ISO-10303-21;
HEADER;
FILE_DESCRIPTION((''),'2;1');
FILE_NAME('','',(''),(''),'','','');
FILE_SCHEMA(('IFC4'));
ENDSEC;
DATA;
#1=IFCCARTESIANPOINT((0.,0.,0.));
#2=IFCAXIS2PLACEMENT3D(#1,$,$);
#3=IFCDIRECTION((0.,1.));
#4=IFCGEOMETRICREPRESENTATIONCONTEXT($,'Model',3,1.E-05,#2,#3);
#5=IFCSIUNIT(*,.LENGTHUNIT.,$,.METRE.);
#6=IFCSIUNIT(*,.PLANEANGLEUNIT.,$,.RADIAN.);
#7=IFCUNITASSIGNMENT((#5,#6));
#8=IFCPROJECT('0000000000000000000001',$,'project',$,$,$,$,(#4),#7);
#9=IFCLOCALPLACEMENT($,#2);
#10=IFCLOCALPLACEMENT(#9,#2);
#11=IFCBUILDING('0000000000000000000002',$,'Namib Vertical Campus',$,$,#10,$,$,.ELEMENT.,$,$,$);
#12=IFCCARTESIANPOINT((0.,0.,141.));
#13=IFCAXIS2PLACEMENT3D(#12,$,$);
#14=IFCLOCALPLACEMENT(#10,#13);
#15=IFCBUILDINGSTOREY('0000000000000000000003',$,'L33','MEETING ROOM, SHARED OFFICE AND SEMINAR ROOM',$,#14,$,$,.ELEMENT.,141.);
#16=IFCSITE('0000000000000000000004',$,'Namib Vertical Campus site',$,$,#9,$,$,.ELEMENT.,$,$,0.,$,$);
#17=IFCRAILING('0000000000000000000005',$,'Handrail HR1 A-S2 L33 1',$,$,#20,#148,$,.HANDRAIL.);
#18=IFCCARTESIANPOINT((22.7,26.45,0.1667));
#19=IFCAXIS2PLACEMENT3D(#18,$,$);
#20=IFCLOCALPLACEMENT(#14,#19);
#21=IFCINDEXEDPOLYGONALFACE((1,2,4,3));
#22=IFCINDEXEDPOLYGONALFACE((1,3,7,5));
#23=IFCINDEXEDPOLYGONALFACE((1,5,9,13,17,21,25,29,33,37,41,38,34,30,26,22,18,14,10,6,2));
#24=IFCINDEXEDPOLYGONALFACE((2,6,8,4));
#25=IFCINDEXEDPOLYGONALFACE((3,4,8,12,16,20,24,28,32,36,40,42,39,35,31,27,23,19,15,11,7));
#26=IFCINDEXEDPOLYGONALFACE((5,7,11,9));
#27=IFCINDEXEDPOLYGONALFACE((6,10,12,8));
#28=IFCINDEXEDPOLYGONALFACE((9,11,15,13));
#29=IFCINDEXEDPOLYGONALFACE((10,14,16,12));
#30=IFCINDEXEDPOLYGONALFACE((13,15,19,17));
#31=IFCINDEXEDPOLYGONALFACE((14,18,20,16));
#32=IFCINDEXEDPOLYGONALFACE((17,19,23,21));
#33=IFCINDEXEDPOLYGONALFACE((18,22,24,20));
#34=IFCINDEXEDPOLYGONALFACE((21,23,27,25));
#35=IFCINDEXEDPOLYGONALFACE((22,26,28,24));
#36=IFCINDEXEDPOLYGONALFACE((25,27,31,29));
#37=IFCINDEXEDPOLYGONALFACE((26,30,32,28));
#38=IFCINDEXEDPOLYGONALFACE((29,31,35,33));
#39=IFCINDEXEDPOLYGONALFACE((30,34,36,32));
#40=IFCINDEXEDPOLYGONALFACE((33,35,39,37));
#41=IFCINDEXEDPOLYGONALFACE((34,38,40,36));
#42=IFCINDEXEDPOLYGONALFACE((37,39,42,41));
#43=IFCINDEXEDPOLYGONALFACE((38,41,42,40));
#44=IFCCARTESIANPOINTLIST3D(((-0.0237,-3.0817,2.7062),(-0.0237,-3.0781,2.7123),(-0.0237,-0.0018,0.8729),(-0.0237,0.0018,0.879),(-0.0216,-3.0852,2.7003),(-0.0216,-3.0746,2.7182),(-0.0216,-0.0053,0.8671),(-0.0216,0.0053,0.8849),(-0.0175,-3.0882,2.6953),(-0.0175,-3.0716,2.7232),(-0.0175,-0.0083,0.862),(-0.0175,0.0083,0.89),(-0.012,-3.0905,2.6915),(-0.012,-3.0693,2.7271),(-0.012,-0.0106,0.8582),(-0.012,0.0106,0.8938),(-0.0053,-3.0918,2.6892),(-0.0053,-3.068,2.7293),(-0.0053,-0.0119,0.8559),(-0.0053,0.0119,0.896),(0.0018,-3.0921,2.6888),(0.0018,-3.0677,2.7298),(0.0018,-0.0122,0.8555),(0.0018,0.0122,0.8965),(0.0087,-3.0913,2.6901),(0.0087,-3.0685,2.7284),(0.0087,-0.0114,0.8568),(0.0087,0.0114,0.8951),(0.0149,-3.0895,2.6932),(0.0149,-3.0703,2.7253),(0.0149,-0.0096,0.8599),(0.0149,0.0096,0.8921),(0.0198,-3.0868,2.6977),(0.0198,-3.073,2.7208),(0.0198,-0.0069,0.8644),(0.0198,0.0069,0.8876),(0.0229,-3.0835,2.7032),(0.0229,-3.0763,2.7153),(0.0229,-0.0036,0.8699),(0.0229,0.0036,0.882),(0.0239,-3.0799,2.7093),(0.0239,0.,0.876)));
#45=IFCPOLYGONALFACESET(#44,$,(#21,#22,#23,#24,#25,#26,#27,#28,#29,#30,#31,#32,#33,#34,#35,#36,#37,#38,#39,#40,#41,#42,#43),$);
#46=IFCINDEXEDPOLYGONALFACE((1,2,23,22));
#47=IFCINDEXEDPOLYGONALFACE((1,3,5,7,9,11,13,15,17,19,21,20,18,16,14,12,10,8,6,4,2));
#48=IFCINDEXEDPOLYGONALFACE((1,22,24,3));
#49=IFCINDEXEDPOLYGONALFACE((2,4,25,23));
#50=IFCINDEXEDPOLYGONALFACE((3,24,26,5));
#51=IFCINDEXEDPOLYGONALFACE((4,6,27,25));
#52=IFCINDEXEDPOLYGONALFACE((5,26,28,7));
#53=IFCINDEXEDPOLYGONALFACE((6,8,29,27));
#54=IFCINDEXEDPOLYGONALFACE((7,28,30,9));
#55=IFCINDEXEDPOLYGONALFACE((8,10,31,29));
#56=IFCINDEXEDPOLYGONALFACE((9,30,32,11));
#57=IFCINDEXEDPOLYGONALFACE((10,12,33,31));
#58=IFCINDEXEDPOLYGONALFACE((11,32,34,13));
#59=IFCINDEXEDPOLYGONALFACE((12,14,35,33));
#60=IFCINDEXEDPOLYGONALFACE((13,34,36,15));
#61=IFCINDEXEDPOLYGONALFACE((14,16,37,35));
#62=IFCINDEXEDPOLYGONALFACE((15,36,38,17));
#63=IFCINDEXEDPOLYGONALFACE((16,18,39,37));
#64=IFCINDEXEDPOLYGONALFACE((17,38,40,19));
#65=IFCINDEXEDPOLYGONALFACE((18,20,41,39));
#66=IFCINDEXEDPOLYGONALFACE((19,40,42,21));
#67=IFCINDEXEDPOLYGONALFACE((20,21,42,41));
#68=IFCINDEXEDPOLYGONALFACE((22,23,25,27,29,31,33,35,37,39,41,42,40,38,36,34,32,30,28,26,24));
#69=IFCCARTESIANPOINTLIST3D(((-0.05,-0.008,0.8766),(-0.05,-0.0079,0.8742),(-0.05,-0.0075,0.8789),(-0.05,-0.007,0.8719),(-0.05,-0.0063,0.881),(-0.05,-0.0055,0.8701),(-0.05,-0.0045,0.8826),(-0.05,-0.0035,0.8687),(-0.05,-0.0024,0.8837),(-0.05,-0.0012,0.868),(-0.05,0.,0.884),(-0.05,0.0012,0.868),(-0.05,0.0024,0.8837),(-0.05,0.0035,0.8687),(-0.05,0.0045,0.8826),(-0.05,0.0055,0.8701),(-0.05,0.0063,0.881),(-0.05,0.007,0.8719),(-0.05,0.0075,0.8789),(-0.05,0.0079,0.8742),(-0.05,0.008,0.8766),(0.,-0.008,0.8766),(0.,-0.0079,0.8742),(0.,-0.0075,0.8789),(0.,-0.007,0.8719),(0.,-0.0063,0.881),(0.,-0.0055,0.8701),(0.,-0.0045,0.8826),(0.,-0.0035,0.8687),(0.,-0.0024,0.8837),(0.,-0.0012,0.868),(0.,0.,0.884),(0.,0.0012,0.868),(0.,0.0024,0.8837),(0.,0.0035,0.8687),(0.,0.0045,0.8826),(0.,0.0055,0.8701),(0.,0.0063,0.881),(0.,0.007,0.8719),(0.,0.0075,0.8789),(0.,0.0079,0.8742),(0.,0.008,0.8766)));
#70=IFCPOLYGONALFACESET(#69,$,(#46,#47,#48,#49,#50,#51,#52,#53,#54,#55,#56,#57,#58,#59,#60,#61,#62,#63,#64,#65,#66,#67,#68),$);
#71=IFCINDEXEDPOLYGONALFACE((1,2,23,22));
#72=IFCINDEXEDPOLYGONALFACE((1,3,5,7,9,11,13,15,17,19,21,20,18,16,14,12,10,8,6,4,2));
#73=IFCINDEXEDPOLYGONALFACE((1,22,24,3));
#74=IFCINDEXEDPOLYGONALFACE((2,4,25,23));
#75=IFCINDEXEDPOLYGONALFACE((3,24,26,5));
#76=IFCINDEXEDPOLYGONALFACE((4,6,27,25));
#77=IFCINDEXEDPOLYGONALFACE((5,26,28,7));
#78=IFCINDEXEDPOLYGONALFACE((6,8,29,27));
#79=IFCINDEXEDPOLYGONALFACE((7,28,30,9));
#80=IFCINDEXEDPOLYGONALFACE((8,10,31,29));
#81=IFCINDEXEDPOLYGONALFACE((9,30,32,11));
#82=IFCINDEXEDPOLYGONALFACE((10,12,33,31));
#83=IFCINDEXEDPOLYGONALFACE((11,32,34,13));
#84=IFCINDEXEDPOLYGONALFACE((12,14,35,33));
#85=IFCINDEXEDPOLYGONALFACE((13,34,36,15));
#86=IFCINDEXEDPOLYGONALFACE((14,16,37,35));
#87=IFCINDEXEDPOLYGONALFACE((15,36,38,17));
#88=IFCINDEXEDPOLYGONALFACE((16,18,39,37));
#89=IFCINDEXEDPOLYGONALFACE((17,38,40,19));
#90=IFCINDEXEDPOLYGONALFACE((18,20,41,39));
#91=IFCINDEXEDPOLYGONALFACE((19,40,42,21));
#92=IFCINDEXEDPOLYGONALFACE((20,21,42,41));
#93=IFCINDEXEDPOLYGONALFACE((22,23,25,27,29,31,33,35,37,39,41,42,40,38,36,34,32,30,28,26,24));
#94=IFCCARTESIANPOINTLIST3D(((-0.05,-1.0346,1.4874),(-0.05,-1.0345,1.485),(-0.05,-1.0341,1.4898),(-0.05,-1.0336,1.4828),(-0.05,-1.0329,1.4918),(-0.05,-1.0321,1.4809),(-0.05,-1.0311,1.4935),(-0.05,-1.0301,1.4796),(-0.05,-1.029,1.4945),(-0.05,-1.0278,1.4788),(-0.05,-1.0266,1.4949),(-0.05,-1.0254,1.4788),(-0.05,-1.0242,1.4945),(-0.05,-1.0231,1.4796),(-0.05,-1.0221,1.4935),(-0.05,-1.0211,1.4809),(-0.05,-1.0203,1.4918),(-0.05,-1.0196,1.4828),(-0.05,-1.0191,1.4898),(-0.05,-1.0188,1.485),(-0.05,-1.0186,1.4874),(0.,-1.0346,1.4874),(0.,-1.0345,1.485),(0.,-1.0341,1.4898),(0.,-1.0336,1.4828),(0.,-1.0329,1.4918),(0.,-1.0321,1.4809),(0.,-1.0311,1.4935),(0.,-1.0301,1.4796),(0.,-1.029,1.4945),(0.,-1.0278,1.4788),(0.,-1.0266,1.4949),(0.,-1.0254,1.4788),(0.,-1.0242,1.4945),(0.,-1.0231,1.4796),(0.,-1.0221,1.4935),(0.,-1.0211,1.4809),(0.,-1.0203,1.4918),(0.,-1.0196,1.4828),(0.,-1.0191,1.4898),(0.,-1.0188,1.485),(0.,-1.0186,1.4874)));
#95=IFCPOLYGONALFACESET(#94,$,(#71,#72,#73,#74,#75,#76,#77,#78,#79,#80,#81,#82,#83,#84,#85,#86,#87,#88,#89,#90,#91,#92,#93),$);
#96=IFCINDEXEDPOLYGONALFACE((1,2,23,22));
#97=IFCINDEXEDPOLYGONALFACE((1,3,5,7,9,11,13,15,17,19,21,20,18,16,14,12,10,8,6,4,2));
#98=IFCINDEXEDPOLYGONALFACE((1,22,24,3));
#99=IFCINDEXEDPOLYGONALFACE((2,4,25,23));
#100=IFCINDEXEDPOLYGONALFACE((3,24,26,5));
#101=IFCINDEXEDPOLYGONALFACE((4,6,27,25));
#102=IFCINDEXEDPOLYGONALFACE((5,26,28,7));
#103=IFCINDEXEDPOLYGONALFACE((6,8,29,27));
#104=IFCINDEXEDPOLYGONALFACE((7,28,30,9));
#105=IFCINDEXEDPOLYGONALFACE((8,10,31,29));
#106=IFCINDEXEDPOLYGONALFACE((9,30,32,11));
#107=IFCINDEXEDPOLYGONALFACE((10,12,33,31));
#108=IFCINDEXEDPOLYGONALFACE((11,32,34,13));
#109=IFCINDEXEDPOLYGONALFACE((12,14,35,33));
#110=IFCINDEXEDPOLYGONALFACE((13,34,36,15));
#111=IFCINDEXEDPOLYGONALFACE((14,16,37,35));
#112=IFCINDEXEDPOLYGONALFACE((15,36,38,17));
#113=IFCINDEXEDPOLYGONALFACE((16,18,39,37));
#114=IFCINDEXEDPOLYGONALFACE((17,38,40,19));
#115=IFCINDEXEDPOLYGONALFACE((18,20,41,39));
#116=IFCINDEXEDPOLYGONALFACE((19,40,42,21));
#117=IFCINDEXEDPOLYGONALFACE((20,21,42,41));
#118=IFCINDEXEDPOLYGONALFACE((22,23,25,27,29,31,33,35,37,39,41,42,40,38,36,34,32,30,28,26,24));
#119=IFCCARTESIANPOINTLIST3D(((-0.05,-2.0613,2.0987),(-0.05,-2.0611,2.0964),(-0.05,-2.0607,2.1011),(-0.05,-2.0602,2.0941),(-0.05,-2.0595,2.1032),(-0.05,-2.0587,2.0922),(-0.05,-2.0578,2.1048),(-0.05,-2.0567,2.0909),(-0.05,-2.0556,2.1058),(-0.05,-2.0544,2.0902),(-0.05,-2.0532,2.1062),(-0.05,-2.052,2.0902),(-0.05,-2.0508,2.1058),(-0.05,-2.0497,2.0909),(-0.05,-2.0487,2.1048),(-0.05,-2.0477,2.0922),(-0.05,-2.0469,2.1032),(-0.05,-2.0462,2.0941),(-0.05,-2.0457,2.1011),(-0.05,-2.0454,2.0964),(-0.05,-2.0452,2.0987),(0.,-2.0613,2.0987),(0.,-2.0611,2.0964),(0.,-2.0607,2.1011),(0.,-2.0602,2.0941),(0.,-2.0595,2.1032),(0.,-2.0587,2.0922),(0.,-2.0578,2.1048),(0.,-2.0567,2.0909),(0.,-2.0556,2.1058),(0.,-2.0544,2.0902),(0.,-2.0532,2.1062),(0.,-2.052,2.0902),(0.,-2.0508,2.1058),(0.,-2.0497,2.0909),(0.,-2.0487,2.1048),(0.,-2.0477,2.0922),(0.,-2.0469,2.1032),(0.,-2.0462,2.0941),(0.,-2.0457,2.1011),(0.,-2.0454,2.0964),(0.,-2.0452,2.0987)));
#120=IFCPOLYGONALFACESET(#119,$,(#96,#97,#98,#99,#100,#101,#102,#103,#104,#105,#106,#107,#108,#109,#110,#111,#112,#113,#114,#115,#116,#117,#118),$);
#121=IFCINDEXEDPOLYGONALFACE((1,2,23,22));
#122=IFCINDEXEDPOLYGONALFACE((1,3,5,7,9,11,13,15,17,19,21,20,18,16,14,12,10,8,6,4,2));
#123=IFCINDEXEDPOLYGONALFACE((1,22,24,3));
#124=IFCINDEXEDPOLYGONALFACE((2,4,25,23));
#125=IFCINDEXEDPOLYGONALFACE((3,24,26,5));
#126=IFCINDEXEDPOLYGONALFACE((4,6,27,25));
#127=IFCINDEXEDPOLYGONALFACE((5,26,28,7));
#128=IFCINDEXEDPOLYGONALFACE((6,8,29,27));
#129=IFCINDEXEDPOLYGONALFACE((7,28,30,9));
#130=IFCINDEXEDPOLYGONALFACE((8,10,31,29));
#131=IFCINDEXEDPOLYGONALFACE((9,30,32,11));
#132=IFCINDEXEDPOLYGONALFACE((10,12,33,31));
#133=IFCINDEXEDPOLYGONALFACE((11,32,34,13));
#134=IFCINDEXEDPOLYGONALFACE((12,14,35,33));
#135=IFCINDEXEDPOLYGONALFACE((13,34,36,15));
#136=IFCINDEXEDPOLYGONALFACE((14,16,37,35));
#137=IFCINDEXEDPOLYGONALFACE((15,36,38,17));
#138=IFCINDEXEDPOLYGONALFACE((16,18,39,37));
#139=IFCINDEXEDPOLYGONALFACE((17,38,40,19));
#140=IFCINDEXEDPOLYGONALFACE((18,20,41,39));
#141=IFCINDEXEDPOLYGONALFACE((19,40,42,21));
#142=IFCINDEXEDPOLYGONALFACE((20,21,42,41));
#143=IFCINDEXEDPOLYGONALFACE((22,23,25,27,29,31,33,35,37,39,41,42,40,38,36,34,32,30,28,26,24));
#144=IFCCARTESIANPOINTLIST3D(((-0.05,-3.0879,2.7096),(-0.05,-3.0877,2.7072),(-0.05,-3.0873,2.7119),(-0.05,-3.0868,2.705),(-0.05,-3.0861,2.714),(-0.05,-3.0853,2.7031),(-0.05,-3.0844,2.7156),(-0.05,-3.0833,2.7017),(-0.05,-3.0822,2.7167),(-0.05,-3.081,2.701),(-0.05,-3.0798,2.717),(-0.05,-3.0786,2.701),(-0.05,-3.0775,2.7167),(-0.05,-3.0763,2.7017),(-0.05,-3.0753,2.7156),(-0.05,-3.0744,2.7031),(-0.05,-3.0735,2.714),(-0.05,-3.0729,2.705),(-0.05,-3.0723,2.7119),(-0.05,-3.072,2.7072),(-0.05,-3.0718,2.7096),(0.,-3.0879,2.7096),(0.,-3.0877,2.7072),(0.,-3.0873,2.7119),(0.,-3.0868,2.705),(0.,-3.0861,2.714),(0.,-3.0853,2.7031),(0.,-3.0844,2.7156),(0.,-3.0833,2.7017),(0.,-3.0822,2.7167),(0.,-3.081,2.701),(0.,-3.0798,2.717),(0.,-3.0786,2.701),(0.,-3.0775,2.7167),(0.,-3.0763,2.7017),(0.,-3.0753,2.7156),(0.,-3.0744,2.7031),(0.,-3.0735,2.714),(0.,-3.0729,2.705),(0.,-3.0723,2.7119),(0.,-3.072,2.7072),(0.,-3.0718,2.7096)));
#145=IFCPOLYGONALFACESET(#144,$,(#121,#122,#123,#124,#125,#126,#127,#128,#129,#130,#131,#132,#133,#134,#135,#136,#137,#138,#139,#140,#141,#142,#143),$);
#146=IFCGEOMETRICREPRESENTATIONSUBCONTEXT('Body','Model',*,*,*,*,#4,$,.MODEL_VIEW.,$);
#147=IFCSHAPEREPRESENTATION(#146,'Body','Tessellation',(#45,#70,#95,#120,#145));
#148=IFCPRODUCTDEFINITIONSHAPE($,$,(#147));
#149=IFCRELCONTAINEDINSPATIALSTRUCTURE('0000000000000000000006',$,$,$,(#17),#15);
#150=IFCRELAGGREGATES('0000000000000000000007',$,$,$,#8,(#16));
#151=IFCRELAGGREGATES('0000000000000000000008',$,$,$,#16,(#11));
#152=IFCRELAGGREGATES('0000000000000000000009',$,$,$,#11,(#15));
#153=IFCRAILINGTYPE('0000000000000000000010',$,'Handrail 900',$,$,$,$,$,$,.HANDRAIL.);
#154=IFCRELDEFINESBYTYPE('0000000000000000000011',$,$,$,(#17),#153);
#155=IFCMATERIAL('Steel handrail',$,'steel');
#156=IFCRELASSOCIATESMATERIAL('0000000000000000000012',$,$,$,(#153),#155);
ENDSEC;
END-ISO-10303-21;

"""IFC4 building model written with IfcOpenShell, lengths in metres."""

from ifc_helpers import new_model, si_unit, direction, frame, origin, origin_2d, place, context, subcontext, project, spatial, circle, extrude, material, type_object, element, save


model = new_model("IFC4")

# Units and contexts
model_context = context("Model", 3, precision=1e-05, world=origin(), true_north=direction((0.0, 1.0)))
body_context = subcontext(model_context, "Body", "Model", "MODEL_VIEW")
ifc_project = project(units=[si_unit("LENGTHUNIT", "METRE"), si_unit("PLANEANGLEUNIT", "RADIAN")], contexts=[model_context])

# Site, building, storey
site_placement = place(None, origin())
site = spatial("IfcSite", under=ifc_project, at=site_placement, Name="Namib Vertical Campus site", CompositionType="ELEMENT", RefElevation=0.0)
building_placement = place(site_placement, origin())
building = spatial("IfcBuilding", under=site, at=building_placement, Name="Namib Vertical Campus", CompositionType="ELEMENT")
storey_placement = place(building_placement, frame((0.0, 0.0, 141.0)))
storey = spatial("IfcBuildingStorey", under=building, at=storey_placement, Name="L33", Description="MEETING ROOM, SHARED OFFICE AND SEMINAR ROOM", CompositionType="ELEMENT", Elevation=141.0)

# Railing
ifc_material_1 = material(Name="Steel handrail", Category="steel")
railing_type_1 = type_object("IfcRailingType", Name="Handrail 900", PredefinedType="HANDRAIL", material=ifc_material_1)
railing_1_placement = place(storey_placement, frame((22.7, 26.45, 0.1667)))
element("IfcRailing", 1, at=railing_1_placement, inside=storey, type_object=railing_type_1, Name="Handrail HR1 A-S2 L33 1", PredefinedType="HANDRAIL", context=body_context, shape_type="SweptSolid", body=[
    extrude(circle(Radius=0.0239, at=origin_2d()), frame((0.0, 0.0, 0.876), z_axis=(0.0, -0.859291, 0.511487), x_axis=(1.0, 0.0, 0.0)), (0.0, 0.0, 1.0), 3.5842),
    extrude(circle(Radius=0.0081, at=origin_2d()), frame((0.0, 0.0, 0.876), z_axis=(-1.0, 0.0, 0.0), x_axis=(0.0, 0.0, 1.0)), (0.0, 0.0, 1.0), 0.05),
    extrude(circle(Radius=0.0081, at=origin_2d()), frame((0.0, -1.0266, 1.4868), z_axis=(-1.0, 0.0, 0.0), x_axis=(0.0, 0.0, 1.0)), (0.0, 0.0, 1.0), 0.05),
    extrude(circle(Radius=0.0081, at=origin_2d()), frame((0.0, -2.0532, 2.0981), z_axis=(-1.0, 0.0, 0.0), x_axis=(0.0, 0.0, 1.0)), (0.0, 0.0, 1.0), 0.05),
    extrude(circle(Radius=0.0081, at=origin_2d()), frame((0.0, -3.0798, 2.709), z_axis=(-1.0, 0.0, 0.0), x_axis=(0.0, 0.0, 1.0)), (0.0, 0.0, 1.0), 0.05),
])

save(model, "model.ifc")
